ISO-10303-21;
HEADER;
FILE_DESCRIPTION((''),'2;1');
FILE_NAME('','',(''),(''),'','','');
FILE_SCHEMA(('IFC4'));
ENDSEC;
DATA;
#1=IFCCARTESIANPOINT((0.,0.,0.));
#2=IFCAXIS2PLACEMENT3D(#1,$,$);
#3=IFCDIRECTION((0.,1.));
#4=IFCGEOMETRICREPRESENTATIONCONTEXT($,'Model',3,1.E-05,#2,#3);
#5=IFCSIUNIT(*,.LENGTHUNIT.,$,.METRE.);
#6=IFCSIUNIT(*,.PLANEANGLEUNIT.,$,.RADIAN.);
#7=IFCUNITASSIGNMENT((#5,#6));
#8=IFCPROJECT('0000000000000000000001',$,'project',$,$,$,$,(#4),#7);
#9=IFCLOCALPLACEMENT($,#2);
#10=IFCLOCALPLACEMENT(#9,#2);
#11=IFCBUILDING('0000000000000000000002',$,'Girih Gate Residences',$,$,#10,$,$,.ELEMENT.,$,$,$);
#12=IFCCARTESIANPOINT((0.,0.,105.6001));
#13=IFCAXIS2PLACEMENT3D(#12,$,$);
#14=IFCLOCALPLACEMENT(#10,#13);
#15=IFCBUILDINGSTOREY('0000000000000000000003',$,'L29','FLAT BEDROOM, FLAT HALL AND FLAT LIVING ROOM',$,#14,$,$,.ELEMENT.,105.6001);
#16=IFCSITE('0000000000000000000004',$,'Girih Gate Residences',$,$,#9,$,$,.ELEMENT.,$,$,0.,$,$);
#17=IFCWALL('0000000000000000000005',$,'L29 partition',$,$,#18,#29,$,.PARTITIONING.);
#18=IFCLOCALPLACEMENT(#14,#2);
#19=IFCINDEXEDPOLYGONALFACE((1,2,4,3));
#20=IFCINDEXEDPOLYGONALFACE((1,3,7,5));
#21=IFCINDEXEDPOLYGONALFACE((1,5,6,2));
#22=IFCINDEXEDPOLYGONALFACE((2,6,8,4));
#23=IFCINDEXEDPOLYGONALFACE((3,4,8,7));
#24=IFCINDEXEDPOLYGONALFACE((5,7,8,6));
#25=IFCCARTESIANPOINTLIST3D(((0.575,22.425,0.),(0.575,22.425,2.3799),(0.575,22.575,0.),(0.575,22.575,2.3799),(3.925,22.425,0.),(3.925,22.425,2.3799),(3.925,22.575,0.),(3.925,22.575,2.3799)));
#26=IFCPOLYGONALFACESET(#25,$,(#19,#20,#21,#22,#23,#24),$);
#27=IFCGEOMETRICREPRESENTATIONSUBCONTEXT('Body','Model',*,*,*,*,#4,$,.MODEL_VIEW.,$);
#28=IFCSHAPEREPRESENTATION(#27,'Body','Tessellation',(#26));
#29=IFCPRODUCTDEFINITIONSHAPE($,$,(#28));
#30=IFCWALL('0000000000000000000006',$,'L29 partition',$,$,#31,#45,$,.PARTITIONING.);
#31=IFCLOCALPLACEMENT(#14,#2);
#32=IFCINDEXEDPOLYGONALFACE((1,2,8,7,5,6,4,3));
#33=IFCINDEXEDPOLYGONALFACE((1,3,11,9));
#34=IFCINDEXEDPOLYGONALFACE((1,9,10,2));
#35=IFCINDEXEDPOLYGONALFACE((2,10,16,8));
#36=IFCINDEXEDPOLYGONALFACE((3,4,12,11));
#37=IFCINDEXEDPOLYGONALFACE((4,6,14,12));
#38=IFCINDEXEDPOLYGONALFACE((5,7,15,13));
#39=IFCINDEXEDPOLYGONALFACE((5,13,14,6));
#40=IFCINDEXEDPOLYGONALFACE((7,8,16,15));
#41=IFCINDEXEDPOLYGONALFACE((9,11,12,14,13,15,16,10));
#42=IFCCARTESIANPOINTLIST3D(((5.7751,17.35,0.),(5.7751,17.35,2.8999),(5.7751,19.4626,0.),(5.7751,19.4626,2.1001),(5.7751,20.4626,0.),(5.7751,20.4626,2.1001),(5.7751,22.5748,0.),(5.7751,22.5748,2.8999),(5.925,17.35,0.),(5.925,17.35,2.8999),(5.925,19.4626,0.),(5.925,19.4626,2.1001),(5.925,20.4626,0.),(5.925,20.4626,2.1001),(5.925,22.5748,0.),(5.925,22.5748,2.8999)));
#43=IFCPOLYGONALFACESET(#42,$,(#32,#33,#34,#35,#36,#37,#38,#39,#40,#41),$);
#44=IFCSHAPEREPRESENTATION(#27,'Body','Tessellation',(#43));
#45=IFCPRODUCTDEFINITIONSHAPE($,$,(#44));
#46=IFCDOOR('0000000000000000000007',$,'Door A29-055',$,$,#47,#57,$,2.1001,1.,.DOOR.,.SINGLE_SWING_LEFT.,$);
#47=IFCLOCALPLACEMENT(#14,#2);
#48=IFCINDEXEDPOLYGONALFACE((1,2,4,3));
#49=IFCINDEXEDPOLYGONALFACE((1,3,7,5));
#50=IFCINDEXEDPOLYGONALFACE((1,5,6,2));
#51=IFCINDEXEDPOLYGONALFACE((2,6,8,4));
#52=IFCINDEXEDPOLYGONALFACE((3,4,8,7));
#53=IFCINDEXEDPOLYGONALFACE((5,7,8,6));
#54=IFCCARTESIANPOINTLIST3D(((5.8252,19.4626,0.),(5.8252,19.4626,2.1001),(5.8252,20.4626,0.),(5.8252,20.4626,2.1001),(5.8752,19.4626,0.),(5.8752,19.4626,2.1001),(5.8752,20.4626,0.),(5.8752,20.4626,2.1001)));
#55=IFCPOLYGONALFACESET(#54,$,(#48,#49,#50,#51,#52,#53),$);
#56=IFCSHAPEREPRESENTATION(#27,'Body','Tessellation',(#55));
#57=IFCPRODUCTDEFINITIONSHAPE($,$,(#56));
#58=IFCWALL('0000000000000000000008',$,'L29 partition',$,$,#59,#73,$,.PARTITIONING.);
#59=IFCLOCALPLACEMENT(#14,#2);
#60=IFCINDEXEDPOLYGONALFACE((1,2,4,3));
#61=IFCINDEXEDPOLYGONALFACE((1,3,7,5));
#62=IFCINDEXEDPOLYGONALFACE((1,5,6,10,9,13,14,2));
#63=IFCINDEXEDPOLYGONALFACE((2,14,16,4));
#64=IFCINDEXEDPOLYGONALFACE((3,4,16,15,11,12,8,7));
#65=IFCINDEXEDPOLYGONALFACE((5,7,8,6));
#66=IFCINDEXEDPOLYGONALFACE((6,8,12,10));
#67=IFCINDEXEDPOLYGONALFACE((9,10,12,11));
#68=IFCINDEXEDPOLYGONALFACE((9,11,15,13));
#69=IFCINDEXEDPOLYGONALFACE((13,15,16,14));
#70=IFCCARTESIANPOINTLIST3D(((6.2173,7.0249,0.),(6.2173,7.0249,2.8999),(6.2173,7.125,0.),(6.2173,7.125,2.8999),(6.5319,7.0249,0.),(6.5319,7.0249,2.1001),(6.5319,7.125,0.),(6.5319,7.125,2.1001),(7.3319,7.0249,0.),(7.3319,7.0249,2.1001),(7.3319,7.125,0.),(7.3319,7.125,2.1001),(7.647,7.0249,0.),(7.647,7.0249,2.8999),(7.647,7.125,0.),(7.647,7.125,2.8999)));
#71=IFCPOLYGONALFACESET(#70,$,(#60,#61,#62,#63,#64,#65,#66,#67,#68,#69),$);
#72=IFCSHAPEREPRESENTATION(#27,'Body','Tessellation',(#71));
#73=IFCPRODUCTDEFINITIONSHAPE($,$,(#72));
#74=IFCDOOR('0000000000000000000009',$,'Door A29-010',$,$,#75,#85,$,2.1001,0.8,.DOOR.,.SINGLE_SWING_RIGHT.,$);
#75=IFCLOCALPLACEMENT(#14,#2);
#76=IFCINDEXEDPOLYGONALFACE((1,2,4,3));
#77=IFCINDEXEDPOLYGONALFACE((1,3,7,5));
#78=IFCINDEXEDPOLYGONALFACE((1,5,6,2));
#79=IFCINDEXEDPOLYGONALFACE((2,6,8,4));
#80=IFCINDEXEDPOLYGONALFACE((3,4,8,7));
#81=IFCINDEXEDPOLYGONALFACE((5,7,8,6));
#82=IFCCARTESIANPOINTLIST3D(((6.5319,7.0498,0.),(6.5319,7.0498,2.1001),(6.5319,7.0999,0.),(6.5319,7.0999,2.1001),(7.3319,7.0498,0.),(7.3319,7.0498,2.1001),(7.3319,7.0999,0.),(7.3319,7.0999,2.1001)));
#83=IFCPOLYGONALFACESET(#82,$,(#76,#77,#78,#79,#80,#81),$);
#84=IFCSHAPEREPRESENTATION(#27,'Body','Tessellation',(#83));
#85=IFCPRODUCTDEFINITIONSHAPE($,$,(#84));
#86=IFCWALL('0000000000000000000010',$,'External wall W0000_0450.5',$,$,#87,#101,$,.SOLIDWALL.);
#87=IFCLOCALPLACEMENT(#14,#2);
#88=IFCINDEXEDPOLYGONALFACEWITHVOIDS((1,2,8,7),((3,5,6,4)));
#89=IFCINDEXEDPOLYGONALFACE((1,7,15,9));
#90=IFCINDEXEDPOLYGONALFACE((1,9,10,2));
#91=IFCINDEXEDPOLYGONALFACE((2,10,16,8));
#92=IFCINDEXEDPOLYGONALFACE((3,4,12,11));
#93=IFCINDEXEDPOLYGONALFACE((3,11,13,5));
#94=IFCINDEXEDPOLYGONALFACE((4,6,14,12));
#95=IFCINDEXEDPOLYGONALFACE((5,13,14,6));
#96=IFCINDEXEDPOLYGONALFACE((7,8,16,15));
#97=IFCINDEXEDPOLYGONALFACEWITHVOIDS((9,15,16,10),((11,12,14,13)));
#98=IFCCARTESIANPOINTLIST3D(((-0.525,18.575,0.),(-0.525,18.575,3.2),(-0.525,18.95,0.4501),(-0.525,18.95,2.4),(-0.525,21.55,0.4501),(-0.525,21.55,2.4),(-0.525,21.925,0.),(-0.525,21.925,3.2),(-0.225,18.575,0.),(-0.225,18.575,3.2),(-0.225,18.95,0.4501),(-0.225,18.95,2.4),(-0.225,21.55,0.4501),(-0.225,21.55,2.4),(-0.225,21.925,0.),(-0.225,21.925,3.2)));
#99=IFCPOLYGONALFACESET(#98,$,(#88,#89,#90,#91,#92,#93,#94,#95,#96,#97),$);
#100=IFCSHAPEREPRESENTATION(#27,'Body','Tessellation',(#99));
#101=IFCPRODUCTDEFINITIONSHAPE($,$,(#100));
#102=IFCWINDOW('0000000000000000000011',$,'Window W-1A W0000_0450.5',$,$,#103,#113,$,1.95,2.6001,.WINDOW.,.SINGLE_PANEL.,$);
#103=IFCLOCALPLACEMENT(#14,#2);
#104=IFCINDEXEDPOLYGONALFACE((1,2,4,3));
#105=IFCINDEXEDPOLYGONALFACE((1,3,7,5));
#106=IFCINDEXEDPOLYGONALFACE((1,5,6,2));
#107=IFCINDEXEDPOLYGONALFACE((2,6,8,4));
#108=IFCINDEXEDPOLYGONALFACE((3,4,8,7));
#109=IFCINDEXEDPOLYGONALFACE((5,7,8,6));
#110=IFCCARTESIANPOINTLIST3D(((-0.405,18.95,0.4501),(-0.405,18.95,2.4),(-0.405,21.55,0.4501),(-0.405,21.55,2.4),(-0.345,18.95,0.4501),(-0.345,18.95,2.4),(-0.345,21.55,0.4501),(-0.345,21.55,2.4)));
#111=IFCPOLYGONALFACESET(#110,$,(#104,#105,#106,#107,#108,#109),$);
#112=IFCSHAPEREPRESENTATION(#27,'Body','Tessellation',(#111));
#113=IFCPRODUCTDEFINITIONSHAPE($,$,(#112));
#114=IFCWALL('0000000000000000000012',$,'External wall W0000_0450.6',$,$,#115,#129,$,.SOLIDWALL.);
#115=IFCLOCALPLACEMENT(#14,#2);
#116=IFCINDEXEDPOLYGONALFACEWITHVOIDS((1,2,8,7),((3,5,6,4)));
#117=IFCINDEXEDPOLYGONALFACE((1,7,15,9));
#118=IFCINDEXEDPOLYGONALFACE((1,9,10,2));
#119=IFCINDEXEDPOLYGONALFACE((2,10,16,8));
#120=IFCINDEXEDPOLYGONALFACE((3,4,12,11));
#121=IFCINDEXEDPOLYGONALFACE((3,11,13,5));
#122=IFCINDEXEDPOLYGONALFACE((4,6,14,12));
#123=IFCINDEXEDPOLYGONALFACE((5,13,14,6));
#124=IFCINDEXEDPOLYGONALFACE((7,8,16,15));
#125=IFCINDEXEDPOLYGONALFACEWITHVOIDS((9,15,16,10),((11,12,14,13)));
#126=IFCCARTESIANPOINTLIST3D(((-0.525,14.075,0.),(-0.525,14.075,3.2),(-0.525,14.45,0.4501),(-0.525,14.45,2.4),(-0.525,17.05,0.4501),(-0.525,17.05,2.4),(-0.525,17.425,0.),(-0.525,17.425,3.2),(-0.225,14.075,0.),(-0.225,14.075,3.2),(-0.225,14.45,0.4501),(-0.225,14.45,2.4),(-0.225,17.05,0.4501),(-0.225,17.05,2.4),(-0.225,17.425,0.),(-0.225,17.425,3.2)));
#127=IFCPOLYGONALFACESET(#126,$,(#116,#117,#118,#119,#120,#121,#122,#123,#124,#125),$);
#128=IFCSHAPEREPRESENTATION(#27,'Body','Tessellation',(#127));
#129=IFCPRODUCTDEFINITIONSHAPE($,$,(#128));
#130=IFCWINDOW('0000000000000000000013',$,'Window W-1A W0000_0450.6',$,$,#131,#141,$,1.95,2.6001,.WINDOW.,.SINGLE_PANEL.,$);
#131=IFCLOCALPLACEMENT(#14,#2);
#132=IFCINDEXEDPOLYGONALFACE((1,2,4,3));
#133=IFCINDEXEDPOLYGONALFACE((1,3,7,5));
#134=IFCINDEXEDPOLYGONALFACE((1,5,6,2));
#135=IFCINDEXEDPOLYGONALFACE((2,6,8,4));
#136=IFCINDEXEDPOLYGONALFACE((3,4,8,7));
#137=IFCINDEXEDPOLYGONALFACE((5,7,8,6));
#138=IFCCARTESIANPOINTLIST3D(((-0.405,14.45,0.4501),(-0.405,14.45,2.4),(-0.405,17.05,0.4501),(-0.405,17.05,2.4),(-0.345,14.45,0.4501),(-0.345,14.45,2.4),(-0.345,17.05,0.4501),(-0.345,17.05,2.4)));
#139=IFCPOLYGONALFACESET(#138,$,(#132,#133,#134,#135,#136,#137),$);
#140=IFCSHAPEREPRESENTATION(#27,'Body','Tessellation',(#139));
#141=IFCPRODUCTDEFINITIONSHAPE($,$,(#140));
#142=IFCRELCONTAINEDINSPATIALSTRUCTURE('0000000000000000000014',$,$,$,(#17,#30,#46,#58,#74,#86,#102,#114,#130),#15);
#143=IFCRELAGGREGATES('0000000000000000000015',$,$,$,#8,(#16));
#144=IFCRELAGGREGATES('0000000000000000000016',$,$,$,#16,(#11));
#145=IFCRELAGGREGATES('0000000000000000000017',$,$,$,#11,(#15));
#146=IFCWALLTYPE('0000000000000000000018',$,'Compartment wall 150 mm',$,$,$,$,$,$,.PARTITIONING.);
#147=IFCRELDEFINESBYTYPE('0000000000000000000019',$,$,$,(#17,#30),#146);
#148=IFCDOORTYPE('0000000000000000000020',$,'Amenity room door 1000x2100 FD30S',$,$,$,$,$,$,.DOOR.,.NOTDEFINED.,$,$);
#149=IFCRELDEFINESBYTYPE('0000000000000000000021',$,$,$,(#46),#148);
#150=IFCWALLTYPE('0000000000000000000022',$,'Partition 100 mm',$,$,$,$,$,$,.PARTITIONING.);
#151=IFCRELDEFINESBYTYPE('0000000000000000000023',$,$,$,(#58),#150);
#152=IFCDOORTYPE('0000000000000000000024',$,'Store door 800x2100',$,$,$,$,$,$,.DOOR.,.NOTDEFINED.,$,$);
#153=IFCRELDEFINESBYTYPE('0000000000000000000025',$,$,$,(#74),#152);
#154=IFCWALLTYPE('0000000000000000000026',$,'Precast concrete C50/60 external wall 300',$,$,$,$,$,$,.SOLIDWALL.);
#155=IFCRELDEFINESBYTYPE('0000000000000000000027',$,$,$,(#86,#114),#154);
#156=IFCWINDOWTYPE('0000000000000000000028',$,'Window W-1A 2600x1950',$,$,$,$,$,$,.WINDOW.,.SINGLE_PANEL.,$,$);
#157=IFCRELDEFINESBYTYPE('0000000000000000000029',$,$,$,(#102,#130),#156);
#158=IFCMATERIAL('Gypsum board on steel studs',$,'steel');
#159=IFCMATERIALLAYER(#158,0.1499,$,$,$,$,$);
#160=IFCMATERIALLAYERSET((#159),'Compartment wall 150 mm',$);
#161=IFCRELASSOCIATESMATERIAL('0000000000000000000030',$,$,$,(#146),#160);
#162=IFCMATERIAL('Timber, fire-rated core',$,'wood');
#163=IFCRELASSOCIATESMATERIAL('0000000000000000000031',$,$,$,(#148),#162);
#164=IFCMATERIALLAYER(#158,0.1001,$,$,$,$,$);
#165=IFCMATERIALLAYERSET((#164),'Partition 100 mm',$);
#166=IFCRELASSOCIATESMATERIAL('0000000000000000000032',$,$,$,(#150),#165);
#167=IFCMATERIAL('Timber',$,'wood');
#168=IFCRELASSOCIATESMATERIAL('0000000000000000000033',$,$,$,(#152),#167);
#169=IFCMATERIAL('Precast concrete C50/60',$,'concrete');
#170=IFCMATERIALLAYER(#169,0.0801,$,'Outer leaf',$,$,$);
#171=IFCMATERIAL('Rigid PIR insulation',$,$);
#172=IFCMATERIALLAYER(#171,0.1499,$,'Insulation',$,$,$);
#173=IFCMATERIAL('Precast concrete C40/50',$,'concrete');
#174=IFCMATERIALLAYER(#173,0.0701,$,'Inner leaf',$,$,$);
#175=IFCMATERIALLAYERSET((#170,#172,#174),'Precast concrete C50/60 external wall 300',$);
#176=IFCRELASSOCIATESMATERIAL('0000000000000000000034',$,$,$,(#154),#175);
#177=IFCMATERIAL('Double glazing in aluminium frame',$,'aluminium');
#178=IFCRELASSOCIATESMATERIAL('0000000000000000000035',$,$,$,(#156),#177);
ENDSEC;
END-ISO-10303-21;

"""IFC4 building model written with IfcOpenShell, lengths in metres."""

from ifc_helpers import new_model, si_unit, direction, frame, frame_2d, origin, place, context, subcontext, project, spatial, rectangle, extrude, material, layer, layer_set, type_object, element, fill, save


model = new_model("IFC4")

# Units and contexts
model_context = context("Model", 3, precision=1e-05, world=origin(), true_north=direction((0.0, 1.0)))
body_context = subcontext(model_context, "Body", "Model", "MODEL_VIEW")
ifc_project = project(units=[si_unit("LENGTHUNIT", "METRE"), si_unit("PLANEANGLEUNIT", "RADIAN")], contexts=[model_context])

# Site, building, storey
site_placement = place(None, origin())
site = spatial("IfcSite", under=ifc_project, at=site_placement, Name="Girih Gate Residences", CompositionType="ELEMENT", RefElevation=0.0)
building_placement = place(site_placement, origin())
building = spatial("IfcBuilding", under=site, at=building_placement, Name="Girih Gate Residences", CompositionType="ELEMENT")
storey_placement = place(building_placement, frame((0.0, 0.0, 105.6001)))
storey = spatial("IfcBuildingStorey", under=building, at=storey_placement, Name="L29", Description="FLAT BEDROOM, FLAT HALL AND FLAT LIVING ROOM", CompositionType="ELEMENT", Elevation=105.6001)

# Shared definitions
ifc_material_1 = material(Name="Gypsum board on steel studs", Category="steel")
ifc_layer_1 = layer(ifc_material_1, 0.1499)
ifc_layer_set_1 = layer_set([ifc_layer_1], Name="Compartment wall 150 mm")
wall_type_1 = type_object("IfcWallType", Name="Compartment wall 150 mm", PredefinedType="PARTITIONING", material=ifc_layer_set_1)

# Shared definitions
ifc_material_2 = material(Name="Timber", Category="wood")

# Wall
wall_1_placement = place(storey_placement, frame((0.575, 22.5, 0.0), z_axis=(0.0, 0.0, 1.0), x_axis=(1.0, 0.0, 0.0)))
element("IfcWall", 1, at=wall_1_placement, inside=storey, type_object=wall_type_1, Name="L29 partition", PredefinedType="PARTITIONING", context=body_context, shape_type="SweptSolid", body=[
    extrude(rectangle(XDim=3.3501, YDim=0.1499, at=frame_2d((1.675, 0.0))), origin(), (0.0, 0.0, 1.0), 2.3799),
])

# Walls, openings, doors
wall_2_placement = place(storey_placement, frame((5.8501, 17.3501, 0.0), z_axis=(0.0, 0.0, 1.0), x_axis=(0.0, 1.0, 0.0)))
wall_2 = element("IfcWall", 2, at=wall_2_placement, inside=storey, type_object=wall_type_1, Name="L29 partition", PredefinedType="PARTITIONING", context=body_context, shape_type="SweptSolid", body=[
    extrude(rectangle(XDim=5.2249, YDim=0.1499, at=frame_2d((2.6123, 0.0))), origin(), (0.0, 0.0, 1.0), 2.8999),
])
opening_1_placement = place(wall_2_placement, frame((2.1125, 0.0, 0.0)))
opening_1 = element("IfcOpeningElement", 3, at=opening_1_placement, cuts=wall_2, PredefinedType="OPENING", context=body_context, shape_type="SweptSolid", body=[
    extrude(rectangle(XDim=1.0, YDim=2.1001, at=frame_2d((0.5, 1.05))), frame((0.0, 0.085, 0.0), z_axis=(0.0, -1.0, 0.0), x_axis=(1.0, 0.0, 0.0)), (0.0, 0.0, 1.0), 0.1699),
])
ifc_material_3 = material(Name="Timber, fire-rated core", Category="wood")
door_type_1 = type_object("IfcDoorType", Name="Amenity room door 1000x2100 FD30S", OperationType="NOTDEFINED", PredefinedType="DOOR", material=ifc_material_3)
door_1_placement = place(opening_1_placement, origin())
door_1 = element("IfcDoor", 4, at=door_1_placement, inside=storey, type_object=door_type_1, Name="Door A29-055", OperationType="SINGLE_SWING_LEFT", OverallHeight=2.1001, OverallWidth=1.0, PredefinedType="DOOR", context=body_context, shape_type="SweptSolid", body=[
    extrude(rectangle(XDim=1.0, YDim=2.1001, at=frame_2d((0.5, 1.05))), frame((0.0, 0.0249, 0.0), z_axis=(0.0, -1.0, 0.0), x_axis=(1.0, 0.0, 0.0)), (0.0, 0.0, 1.0), 0.05),
])
fill(opening_1, door_1)
ifc_layer_2 = layer(ifc_material_1, 0.1001)
ifc_layer_set_2 = layer_set([ifc_layer_2], Name="Partition 100 mm")
wall_type_2 = type_object("IfcWallType", Name="Partition 100 mm", PredefinedType="PARTITIONING", material=ifc_layer_set_2)
wall_3_placement = place(storey_placement, frame((6.2173, 7.075, 0.0), z_axis=(0.0, 0.0, 1.0), x_axis=(1.0, 0.0, 0.0)))
wall_3 = element("IfcWall", 5, at=wall_3_placement, inside=storey, type_object=wall_type_2, Name="L29 partition", PredefinedType="PARTITIONING", context=body_context, shape_type="SweptSolid", body=[
    extrude(rectangle(XDim=1.4297, YDim=0.1001, at=frame_2d((0.7148, 0.0))), origin(), (0.0, 0.0, 1.0), 2.8999),
])
opening_2_placement = place(wall_3_placement, frame((0.3147, 0.0, 0.0)))
opening_2 = element("IfcOpeningElement", 6, at=opening_2_placement, cuts=wall_3, PredefinedType="OPENING", context=body_context, shape_type="SweptSolid", body=[
    extrude(rectangle(XDim=0.8, YDim=2.1001, at=frame_2d((0.3999, 1.05))), frame((0.0, 0.0601, 0.0), z_axis=(0.0, -1.0, 0.0), x_axis=(1.0, 0.0, 0.0)), (0.0, 0.0, 1.0), 0.1201),
])
door_type_2 = type_object("IfcDoorType", Name="Store door 800x2100", OperationType="NOTDEFINED", PredefinedType="DOOR", material=ifc_material_2)
door_2_placement = place(opening_2_placement, origin())
door_2 = element("IfcDoor", 7, at=door_2_placement, inside=storey, type_object=door_type_2, Name="Door A29-010", OperationType="SINGLE_SWING_RIGHT", OverallHeight=2.1001, OverallWidth=0.8, PredefinedType="DOOR", context=body_context, shape_type="SweptSolid", body=[
    extrude(rectangle(XDim=0.8, YDim=2.1001, at=frame_2d((0.3999, 1.05))), frame((0.0, 0.0249, 0.0), z_axis=(0.0, -1.0, 0.0), x_axis=(1.0, 0.0, 0.0)), (0.0, 0.0, 1.0), 0.05),
])
fill(opening_2, door_2)

# Walls, openings, windows
ifc_material_4 = material(Name="Precast concrete C50/60", Category="concrete")
ifc_layer_3 = layer(ifc_material_4, 0.0801, Name="Outer leaf")
ifc_material_5 = material(Name="Rigid PIR insulation")
ifc_layer_4 = layer(ifc_material_5, 0.1499, Name="Insulation")
ifc_material_6 = material(Name="Precast concrete C40/50", Category="concrete")
ifc_layer_5 = layer(ifc_material_6, 0.0701, Name="Inner leaf")
ifc_layer_set_3 = layer_set([ifc_layer_3, ifc_layer_4, ifc_layer_5], Name="Precast concrete C50/60 external wall 300")
wall_type_3 = type_object("IfcWallType", Name="Precast concrete C50/60 external wall 300", PredefinedType="SOLIDWALL", material=ifc_layer_set_3)
wall_4_placement = place(storey_placement, frame((-0.375, 18.575, 0.0), z_axis=(0.0, 0.0, 1.0), x_axis=(0.0, 1.0, 0.0)))
wall_4 = element("IfcWall", 8, at=wall_4_placement, inside=storey, type_object=wall_type_3, Name="External wall W0000_0450.5", PredefinedType="SOLIDWALL", context=body_context, shape_type="SweptSolid", body=[
    extrude(rectangle(XDim=3.3501, YDim=0.3, at=frame_2d((1.675, 0.0))), origin(), (0.0, 0.0, 1.0), 3.2),
])
opening_3_placement = place(wall_4_placement, frame((0.375, 0.0, 0.45)))
opening_3 = element("IfcOpeningElement", 9, at=opening_3_placement, cuts=wall_4, PredefinedType="OPENING", context=body_context, shape_type="SweptSolid", body=[
    extrude(rectangle(XDim=2.6001, YDim=1.95, at=frame_2d((1.3, 0.9751))), frame((0.0, 0.1599, 0.0), z_axis=(0.0, -1.0, 0.0), x_axis=(1.0, 0.0, 0.0)), (0.0, 0.0, 1.0), 0.3201),
])
ifc_material_7 = material(Name="Double glazing in aluminium frame", Category="aluminium")
window_type = type_object("IfcWindowType", Name="Window W-1A 2600x1950", PartitioningType="SINGLE_PANEL", PredefinedType="WINDOW", material=ifc_material_7)
window_1_placement = place(opening_3_placement, origin())
window_1 = element("IfcWindow", 10, at=window_1_placement, inside=storey, type_object=window_type, Name="Window W-1A W0000_0450.5", OverallHeight=1.95, OverallWidth=2.6001, PartitioningType="SINGLE_PANEL", PredefinedType="WINDOW", context=body_context, shape_type="SweptSolid", body=[
    extrude(rectangle(XDim=2.6001, YDim=1.95, at=frame_2d((1.3, 0.9751))), frame((0.0, 0.03, 0.0), z_axis=(0.0, -1.0, 0.0), x_axis=(1.0, 0.0, 0.0)), (0.0, 0.0, 1.0), 0.0601),
])
fill(opening_3, window_1)
wall_5_placement = place(storey_placement, frame((-0.375, 14.075, 0.0), z_axis=(0.0, 0.0, 1.0), x_axis=(0.0, 1.0, 0.0)))
wall_5 = element("IfcWall", 11, at=wall_5_placement, inside=storey, type_object=wall_type_3, Name="External wall W0000_0450.6", PredefinedType="SOLIDWALL", context=body_context, shape_type="SweptSolid", body=[
    extrude(rectangle(XDim=3.3501, YDim=0.3, at=frame_2d((1.675, 0.0))), origin(), (0.0, 0.0, 1.0), 3.2),
])
opening_4_placement = place(wall_5_placement, frame((0.375, 0.0, 0.45)))
opening_4 = element("IfcOpeningElement", 12, at=opening_4_placement, cuts=wall_5, PredefinedType="OPENING", context=body_context, shape_type="SweptSolid", body=[
    extrude(rectangle(XDim=2.6001, YDim=1.95, at=frame_2d((1.3, 0.9751))), frame((0.0, 0.1599, 0.0), z_axis=(0.0, -1.0, 0.0), x_axis=(1.0, 0.0, 0.0)), (0.0, 0.0, 1.0), 0.3201),
])
window_2_placement = place(opening_4_placement, origin())
window_2 = element("IfcWindow", 13, at=window_2_placement, inside=storey, type_object=window_type, Name="Window W-1A W0000_0450.6", OverallHeight=1.95, OverallWidth=2.6001, PartitioningType="SINGLE_PANEL", PredefinedType="WINDOW", context=body_context, shape_type="SweptSolid", body=[
    extrude(rectangle(XDim=2.6001, YDim=1.95, at=frame_2d((1.3, 0.9751))), frame((0.0, 0.03, 0.0), z_axis=(0.0, -1.0, 0.0), x_axis=(1.0, 0.0, 0.0)), (0.0, 0.0, 1.0), 0.0601),
])
fill(opening_4, window_2)

save(model, "model.ifc")
